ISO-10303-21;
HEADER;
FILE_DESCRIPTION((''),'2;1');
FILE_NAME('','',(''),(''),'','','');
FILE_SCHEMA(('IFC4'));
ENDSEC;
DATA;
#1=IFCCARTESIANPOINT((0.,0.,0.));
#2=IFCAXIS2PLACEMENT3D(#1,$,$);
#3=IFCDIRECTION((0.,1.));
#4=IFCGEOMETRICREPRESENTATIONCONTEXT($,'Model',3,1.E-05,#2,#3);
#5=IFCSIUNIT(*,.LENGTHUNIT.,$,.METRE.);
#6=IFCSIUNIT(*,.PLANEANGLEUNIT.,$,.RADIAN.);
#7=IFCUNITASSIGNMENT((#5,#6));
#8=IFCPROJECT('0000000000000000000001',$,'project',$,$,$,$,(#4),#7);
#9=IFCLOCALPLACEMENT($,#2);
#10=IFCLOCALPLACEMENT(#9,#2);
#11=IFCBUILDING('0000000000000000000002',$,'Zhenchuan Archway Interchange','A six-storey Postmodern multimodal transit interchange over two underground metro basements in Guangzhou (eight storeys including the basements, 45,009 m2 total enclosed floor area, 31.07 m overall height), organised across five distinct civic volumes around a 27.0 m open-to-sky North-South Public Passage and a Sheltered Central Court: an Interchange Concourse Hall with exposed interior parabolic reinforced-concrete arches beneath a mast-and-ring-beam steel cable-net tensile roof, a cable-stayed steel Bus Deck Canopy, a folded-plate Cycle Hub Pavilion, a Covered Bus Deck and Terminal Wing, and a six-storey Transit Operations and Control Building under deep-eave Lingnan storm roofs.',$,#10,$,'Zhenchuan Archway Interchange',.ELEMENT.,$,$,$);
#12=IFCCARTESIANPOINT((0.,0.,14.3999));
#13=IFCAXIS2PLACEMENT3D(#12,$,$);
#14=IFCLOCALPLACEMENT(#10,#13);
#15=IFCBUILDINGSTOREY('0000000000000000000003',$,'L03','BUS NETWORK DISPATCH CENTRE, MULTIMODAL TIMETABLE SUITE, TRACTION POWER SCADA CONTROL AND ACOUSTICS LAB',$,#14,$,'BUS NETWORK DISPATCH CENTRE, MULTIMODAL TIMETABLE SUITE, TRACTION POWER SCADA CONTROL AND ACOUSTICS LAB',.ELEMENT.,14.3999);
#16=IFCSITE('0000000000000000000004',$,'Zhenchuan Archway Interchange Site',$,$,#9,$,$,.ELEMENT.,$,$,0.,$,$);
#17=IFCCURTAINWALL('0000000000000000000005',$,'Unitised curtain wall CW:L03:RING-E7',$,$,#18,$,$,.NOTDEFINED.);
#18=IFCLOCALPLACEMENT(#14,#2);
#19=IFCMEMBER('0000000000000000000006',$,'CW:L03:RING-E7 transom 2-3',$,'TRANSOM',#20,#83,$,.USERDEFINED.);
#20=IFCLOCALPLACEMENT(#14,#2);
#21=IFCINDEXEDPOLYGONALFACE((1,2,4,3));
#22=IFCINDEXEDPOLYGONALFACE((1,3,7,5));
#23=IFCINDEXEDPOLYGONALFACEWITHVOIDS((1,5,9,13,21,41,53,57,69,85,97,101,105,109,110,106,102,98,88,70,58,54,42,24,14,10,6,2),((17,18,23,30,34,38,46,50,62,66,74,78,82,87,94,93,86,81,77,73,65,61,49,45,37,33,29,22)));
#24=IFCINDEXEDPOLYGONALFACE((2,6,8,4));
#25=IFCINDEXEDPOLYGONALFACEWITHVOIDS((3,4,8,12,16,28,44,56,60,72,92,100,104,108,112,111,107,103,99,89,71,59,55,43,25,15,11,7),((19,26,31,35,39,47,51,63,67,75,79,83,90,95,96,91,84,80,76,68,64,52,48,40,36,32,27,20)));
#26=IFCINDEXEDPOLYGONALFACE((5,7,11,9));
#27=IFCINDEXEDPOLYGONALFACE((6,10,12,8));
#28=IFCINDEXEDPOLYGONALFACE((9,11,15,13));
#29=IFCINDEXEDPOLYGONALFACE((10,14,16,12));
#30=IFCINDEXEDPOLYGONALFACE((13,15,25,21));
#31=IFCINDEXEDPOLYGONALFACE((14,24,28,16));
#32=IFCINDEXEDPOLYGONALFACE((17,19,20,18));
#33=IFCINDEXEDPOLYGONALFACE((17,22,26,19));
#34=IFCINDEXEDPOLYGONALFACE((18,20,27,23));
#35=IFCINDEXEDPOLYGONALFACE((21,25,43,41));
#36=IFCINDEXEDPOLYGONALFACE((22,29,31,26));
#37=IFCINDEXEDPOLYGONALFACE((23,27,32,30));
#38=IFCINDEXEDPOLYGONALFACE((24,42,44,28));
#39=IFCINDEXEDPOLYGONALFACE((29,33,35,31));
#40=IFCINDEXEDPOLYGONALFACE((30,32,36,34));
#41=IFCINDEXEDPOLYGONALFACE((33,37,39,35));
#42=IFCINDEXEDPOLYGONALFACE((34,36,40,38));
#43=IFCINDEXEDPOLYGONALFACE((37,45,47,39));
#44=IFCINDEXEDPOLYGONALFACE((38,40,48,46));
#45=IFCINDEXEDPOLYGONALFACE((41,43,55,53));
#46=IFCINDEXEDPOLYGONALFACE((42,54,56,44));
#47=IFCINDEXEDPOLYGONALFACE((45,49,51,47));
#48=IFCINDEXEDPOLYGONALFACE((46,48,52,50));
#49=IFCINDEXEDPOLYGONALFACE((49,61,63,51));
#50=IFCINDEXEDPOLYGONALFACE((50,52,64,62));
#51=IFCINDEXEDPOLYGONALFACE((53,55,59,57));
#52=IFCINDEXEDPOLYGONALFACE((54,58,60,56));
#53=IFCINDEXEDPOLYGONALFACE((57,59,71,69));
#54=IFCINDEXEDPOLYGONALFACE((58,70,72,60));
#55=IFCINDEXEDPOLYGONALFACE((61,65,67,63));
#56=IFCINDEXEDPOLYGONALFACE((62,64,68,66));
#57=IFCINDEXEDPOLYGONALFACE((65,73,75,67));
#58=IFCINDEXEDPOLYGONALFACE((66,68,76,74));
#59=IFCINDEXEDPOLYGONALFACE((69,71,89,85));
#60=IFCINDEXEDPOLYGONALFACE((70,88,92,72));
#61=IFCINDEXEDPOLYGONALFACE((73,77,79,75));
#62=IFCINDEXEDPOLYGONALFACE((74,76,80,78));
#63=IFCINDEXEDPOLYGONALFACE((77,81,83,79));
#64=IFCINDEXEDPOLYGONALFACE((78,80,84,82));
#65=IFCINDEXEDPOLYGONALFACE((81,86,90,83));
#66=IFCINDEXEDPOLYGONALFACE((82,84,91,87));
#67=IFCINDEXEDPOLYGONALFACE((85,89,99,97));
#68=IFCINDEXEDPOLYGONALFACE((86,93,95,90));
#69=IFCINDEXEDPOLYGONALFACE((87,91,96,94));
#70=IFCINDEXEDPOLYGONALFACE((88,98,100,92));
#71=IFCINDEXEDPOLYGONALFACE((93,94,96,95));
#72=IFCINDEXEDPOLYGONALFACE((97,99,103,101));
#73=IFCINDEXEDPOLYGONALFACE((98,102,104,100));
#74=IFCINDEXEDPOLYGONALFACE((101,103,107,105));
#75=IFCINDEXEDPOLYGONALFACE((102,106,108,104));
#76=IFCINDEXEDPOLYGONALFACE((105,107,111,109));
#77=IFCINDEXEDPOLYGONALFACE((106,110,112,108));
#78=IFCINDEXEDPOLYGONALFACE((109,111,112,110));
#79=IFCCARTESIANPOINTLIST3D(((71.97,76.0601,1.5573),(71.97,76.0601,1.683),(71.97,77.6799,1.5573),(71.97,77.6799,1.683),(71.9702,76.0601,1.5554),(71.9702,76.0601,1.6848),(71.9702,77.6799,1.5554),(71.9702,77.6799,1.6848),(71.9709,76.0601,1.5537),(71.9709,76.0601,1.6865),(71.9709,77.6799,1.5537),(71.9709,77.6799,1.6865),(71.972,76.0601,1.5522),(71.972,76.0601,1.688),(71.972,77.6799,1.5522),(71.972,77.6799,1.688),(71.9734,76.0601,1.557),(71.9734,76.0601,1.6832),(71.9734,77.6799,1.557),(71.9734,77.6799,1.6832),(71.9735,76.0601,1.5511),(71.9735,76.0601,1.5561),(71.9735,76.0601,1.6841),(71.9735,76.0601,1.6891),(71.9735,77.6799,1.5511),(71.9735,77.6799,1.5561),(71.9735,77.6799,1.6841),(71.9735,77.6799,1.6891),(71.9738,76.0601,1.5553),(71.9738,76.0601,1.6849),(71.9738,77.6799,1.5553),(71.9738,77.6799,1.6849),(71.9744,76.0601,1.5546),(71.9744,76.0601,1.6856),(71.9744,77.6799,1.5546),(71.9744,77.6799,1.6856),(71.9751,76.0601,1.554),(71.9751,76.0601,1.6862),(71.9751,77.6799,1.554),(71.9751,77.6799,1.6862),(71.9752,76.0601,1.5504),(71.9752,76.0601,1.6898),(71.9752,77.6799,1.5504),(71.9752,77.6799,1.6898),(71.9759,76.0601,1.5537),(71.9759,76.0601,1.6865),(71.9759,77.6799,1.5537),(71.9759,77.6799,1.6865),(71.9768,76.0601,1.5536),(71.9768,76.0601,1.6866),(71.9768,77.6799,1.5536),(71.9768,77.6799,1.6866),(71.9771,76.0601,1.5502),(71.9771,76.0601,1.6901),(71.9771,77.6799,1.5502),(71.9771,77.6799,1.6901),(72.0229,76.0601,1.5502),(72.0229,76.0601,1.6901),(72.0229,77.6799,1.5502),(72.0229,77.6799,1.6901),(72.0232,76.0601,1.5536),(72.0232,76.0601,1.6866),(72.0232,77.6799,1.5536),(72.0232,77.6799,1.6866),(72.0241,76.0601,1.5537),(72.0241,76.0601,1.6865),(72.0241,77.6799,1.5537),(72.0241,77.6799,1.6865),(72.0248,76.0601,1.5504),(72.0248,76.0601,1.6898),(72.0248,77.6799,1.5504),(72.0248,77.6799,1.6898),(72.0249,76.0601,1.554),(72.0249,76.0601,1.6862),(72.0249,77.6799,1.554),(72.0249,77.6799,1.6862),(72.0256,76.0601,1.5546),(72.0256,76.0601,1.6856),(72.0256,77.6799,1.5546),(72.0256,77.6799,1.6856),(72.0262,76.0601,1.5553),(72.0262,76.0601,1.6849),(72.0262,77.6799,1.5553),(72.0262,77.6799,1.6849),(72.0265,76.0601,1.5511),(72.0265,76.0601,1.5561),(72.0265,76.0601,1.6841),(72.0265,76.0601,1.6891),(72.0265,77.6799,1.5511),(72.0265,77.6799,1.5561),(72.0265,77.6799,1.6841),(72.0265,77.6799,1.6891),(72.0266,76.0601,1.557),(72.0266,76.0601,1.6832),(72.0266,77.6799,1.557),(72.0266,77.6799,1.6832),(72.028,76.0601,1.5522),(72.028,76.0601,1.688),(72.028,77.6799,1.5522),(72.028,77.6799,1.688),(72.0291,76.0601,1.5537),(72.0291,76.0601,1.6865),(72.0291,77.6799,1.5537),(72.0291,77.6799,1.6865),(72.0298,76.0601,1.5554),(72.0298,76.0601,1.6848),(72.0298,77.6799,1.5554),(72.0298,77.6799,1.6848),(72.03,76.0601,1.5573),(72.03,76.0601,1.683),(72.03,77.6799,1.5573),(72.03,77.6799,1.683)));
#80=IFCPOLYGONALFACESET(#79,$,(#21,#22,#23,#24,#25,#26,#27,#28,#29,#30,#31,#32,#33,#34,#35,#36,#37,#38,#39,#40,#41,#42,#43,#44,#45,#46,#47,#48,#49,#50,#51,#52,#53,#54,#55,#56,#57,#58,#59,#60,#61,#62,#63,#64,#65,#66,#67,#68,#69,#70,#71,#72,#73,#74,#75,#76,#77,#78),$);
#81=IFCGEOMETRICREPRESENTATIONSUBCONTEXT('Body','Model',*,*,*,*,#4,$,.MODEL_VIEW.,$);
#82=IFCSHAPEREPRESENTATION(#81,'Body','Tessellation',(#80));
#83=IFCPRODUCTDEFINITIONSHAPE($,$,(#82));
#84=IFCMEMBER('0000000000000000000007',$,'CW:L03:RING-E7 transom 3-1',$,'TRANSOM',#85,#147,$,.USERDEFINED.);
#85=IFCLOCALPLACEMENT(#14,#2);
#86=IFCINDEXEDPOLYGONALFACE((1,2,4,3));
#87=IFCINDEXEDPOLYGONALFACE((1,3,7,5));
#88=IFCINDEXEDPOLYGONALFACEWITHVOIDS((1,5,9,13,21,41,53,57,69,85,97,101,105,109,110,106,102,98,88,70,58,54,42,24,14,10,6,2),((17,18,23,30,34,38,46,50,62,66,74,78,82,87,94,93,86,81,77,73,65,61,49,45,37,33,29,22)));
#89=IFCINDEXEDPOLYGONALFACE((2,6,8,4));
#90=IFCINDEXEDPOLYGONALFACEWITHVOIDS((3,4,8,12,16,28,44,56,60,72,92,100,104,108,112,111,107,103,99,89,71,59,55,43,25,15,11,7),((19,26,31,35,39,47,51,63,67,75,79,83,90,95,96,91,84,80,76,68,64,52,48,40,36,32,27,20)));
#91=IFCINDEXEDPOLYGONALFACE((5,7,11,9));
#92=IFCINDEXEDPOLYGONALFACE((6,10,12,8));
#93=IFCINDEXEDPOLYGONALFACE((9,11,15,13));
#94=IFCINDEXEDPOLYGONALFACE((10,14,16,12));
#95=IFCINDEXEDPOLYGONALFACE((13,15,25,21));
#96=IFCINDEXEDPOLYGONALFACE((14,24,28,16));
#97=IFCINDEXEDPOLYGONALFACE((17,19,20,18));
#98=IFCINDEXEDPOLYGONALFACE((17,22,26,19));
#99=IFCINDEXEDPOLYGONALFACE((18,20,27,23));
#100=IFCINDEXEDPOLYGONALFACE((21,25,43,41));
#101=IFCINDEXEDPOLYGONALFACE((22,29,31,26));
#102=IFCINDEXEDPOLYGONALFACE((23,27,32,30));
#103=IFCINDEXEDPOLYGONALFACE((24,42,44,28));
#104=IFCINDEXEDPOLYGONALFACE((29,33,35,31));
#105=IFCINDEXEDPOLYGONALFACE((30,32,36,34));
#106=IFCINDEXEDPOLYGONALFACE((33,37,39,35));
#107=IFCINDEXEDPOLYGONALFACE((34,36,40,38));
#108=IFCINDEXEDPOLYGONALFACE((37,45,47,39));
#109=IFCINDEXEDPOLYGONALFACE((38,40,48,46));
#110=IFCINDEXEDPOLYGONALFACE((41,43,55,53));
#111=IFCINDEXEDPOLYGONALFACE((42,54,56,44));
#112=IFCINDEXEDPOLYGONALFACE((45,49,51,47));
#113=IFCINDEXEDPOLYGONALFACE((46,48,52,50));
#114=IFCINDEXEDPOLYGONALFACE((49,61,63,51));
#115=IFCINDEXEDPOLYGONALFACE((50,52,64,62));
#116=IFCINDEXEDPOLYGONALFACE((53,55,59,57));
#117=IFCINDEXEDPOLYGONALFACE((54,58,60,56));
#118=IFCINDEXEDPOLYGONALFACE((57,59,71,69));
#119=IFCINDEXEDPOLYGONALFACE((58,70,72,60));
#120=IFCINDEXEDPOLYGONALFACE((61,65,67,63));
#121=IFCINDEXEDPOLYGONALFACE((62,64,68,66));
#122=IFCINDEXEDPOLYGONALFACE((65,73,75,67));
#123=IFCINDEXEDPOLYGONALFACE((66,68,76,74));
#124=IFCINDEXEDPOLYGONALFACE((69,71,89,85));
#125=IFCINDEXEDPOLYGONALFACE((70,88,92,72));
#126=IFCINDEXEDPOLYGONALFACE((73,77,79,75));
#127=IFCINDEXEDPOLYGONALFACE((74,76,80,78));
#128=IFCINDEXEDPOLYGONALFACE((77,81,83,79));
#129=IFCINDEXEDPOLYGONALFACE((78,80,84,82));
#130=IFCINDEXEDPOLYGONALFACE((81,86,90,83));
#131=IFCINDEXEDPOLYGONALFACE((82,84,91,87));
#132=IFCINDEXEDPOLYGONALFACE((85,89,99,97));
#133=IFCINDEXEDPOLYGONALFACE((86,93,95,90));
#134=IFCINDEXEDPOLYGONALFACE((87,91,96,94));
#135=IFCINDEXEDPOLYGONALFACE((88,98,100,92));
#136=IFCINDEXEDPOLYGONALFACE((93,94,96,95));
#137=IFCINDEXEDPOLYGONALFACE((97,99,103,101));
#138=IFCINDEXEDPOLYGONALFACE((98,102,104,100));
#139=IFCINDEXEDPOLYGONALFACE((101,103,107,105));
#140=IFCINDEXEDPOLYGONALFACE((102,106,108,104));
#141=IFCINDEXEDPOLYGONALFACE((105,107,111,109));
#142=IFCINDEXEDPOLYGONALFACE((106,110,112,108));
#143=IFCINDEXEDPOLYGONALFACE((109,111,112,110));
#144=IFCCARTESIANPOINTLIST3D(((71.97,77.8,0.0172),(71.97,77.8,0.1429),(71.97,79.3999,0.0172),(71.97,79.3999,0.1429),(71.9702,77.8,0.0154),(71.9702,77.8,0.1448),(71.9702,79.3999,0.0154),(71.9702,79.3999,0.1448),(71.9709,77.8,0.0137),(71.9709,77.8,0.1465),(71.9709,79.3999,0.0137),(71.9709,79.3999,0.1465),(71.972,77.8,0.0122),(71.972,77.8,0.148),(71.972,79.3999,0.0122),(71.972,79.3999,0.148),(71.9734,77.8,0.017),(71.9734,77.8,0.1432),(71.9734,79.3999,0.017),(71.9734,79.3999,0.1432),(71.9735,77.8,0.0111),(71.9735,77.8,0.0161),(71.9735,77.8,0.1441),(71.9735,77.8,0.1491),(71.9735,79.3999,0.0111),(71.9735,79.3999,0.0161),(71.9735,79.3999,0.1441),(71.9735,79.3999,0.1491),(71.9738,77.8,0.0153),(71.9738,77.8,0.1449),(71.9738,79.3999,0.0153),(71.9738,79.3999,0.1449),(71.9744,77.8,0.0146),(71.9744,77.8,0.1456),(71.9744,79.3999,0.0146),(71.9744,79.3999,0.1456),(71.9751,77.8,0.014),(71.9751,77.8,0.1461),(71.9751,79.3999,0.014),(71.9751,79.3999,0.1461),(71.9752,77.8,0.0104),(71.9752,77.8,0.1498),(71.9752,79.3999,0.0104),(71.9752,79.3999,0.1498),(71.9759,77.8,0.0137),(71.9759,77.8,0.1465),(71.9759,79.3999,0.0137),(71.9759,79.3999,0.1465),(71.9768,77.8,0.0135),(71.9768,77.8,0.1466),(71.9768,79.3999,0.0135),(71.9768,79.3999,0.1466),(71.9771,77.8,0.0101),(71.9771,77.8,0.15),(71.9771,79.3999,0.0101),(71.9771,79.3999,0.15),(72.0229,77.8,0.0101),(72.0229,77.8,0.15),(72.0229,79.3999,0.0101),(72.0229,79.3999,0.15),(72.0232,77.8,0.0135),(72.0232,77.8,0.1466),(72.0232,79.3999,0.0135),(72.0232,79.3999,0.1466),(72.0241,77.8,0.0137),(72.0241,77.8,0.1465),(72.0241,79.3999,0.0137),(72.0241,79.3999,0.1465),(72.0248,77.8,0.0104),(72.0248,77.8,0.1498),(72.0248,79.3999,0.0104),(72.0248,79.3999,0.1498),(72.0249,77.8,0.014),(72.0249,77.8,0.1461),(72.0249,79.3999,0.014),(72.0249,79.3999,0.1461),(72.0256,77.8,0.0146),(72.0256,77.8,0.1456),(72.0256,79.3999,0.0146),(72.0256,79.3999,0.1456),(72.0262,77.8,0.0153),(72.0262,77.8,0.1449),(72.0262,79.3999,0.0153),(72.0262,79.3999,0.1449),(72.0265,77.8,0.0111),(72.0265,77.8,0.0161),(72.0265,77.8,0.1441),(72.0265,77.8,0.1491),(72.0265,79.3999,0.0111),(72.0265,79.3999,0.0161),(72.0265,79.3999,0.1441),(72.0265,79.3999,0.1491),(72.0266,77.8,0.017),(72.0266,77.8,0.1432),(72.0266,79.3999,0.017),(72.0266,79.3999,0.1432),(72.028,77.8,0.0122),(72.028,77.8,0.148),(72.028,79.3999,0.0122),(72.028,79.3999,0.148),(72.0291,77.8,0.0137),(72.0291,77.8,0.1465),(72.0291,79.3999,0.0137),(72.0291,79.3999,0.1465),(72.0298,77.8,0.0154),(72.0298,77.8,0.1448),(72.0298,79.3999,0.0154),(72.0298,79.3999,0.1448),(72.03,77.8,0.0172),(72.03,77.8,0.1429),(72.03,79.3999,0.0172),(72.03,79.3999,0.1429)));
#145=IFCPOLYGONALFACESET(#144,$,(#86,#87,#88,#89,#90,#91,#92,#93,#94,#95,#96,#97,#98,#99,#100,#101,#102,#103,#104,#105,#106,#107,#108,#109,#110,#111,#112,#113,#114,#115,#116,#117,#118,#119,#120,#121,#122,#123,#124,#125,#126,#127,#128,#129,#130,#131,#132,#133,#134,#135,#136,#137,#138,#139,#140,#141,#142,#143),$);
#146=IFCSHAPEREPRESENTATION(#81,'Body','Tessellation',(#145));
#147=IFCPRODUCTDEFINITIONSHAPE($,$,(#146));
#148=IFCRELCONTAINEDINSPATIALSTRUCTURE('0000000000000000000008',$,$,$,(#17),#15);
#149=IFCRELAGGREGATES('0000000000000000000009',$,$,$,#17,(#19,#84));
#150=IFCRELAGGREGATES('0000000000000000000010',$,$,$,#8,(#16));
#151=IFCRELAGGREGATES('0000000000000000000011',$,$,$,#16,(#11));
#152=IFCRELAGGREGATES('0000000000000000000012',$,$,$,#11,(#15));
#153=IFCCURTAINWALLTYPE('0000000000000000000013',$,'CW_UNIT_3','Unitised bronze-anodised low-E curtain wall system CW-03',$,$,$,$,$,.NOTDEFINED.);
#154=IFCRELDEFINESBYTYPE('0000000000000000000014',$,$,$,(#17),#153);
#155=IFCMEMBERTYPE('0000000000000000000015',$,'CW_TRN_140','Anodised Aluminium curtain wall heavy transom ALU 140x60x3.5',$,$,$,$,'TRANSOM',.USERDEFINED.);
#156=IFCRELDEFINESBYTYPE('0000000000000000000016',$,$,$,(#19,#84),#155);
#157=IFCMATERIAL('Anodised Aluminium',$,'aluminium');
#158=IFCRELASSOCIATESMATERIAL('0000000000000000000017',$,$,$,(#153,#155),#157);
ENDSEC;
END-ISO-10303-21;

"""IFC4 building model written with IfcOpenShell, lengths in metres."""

from ifc_helpers import new_model, si_unit, direction, frame, origin, origin_2d, place, context, subcontext, project, spatial, hollow_rectangle, extrude, material, material_profile, profile_set, type_object, element, aggregate, save


model = new_model("IFC4")

# Units and contexts
model_context = context("Model", 3, precision=1e-05, world=origin(), true_north=direction((0.0, 1.0)))
body_context = subcontext(model_context, "Body", "Model", "MODEL_VIEW")
ifc_project = project(units=[si_unit("LENGTHUNIT", "METRE"), si_unit("PLANEANGLEUNIT", "RADIAN")], contexts=[model_context])

# Site, building, storey
site_placement = place(None, origin())
site = spatial("IfcSite", under=ifc_project, at=site_placement, Name="Zhenchuan Archway Interchange Site", CompositionType="ELEMENT", RefElevation=0.0)
building_placement = place(site_placement, origin())
building = spatial("IfcBuilding", under=site, at=building_placement, Name="Zhenchuan Archway Interchange", Description="A six-storey Postmodern multimodal transit interchange over two underground metro basements in Guangzhou (eight storeys including the basements, 45,009 m2 total enclosed floor area, 31.07 m overall height), organised across five distinct civic volumes around a 27.0 m open-to-sky North-South Public Passage and a Sheltered Central Court: an Interchange Concourse Hall with exposed interior parabolic reinforced-concrete arches beneath a mast-and-ring-beam steel cable-net tensile roof, a cable-stayed steel Bus Deck Canopy, a folded-plate Cycle Hub Pavilion, a Covered Bus Deck and Terminal Wing, and a six-storey Transit Operations and Control Building under deep-eave Lingnan storm roofs.", LongName="Zhenchuan Archway Interchange", CompositionType="ELEMENT")
storey_placement = place(building_placement, frame((0.0, 0.0, 14.3999)))
storey = spatial("IfcBuildingStorey", under=building, at=storey_placement, Name="L03", Description="BUS NETWORK DISPATCH CENTRE, MULTIMODAL TIMETABLE SUITE, TRACTION POWER SCADA CONTROL AND ACOUSTICS LAB", LongName="BUS NETWORK DISPATCH CENTRE, MULTIMODAL TIMETABLE SUITE, TRACTION POWER SCADA CONTROL AND ACOUSTICS LAB", CompositionType="ELEMENT", Elevation=14.3999)

# Curtain wall
ifc_material_1 = material(Name="Anodised Aluminium", Category="aluminium")
curtain_wall_type = type_object("IfcCurtainWallType", Name="CW_UNIT_3", Description="Unitised bronze-anodised low-E curtain wall system CW-03", PredefinedType="NOTDEFINED", material=ifc_material_1)
curtain_wall_1_placement = place(storey_placement, origin())
curtain_wall_1 = element("IfcCurtainWall", 1, at=curtain_wall_1_placement, inside=storey, type_object=curtain_wall_type, Name="Unitised curtain wall CW:L03:RING-E7", PredefinedType="NOTDEFINED")

# Members
ifc_material_profile_1 = material_profile(ifc_material_1, hollow_rectangle(XDim=0.0601, YDim=0.1399, WallThickness=0.0034, InnerFilletRadius=0.0034, OuterFilletRadius=0.0071, at=origin_2d()), Name="ALU 140x60x3.5")
ifc_profile_set_1 = profile_set([ifc_material_profile_1], Name="Anodised Aluminium")
member_type_1 = type_object("IfcMemberType", Name="CW_TRN_140", Description="Anodised Aluminium curtain wall heavy transom ALU 140x60x3.5", ElementType="TRANSOM", PredefinedType="USERDEFINED", material=ifc_profile_set_1)
member_1_placement = place(storey_placement, frame((72.0, 76.0601, 1.6201), z_axis=(0.0, 1.0, 0.0), x_axis=(-1.0, 0.0, 0.0)))
member_1 = element("IfcMember", 2, at=member_1_placement, type_object=member_type_1, Name="CW:L03:RING-E7 transom 2-3", ObjectType="TRANSOM", PredefinedType="USERDEFINED", context=body_context, shape_type="SweptSolid", body=[
    extrude(hollow_rectangle(XDim=0.0601, YDim=0.1399, WallThickness=0.0034, InnerFilletRadius=0.0034, OuterFilletRadius=0.0071, at=origin_2d()), origin(), (0.0, 0.0, 1.0), 1.6199),
])
member_2_placement = place(storey_placement, frame((72.0, 77.8, 0.0801), z_axis=(0.0, 1.0, 0.0), x_axis=(-1.0, 0.0, 0.0)))
member_2 = element("IfcMember", 3, at=member_2_placement, type_object=member_type_1, Name="CW:L03:RING-E7 transom 3-1", ObjectType="TRANSOM", PredefinedType="USERDEFINED", context=body_context, shape_type="SweptSolid", body=[
    extrude(hollow_rectangle(XDim=0.0601, YDim=0.1399, WallThickness=0.0034, InnerFilletRadius=0.0034, OuterFilletRadius=0.0071, at=origin_2d()), origin(), (0.0, 0.0, 1.0), 1.5999),
])

aggregate(curtain_wall_1, [member_1, member_2])

save(model, "model.ifc")
